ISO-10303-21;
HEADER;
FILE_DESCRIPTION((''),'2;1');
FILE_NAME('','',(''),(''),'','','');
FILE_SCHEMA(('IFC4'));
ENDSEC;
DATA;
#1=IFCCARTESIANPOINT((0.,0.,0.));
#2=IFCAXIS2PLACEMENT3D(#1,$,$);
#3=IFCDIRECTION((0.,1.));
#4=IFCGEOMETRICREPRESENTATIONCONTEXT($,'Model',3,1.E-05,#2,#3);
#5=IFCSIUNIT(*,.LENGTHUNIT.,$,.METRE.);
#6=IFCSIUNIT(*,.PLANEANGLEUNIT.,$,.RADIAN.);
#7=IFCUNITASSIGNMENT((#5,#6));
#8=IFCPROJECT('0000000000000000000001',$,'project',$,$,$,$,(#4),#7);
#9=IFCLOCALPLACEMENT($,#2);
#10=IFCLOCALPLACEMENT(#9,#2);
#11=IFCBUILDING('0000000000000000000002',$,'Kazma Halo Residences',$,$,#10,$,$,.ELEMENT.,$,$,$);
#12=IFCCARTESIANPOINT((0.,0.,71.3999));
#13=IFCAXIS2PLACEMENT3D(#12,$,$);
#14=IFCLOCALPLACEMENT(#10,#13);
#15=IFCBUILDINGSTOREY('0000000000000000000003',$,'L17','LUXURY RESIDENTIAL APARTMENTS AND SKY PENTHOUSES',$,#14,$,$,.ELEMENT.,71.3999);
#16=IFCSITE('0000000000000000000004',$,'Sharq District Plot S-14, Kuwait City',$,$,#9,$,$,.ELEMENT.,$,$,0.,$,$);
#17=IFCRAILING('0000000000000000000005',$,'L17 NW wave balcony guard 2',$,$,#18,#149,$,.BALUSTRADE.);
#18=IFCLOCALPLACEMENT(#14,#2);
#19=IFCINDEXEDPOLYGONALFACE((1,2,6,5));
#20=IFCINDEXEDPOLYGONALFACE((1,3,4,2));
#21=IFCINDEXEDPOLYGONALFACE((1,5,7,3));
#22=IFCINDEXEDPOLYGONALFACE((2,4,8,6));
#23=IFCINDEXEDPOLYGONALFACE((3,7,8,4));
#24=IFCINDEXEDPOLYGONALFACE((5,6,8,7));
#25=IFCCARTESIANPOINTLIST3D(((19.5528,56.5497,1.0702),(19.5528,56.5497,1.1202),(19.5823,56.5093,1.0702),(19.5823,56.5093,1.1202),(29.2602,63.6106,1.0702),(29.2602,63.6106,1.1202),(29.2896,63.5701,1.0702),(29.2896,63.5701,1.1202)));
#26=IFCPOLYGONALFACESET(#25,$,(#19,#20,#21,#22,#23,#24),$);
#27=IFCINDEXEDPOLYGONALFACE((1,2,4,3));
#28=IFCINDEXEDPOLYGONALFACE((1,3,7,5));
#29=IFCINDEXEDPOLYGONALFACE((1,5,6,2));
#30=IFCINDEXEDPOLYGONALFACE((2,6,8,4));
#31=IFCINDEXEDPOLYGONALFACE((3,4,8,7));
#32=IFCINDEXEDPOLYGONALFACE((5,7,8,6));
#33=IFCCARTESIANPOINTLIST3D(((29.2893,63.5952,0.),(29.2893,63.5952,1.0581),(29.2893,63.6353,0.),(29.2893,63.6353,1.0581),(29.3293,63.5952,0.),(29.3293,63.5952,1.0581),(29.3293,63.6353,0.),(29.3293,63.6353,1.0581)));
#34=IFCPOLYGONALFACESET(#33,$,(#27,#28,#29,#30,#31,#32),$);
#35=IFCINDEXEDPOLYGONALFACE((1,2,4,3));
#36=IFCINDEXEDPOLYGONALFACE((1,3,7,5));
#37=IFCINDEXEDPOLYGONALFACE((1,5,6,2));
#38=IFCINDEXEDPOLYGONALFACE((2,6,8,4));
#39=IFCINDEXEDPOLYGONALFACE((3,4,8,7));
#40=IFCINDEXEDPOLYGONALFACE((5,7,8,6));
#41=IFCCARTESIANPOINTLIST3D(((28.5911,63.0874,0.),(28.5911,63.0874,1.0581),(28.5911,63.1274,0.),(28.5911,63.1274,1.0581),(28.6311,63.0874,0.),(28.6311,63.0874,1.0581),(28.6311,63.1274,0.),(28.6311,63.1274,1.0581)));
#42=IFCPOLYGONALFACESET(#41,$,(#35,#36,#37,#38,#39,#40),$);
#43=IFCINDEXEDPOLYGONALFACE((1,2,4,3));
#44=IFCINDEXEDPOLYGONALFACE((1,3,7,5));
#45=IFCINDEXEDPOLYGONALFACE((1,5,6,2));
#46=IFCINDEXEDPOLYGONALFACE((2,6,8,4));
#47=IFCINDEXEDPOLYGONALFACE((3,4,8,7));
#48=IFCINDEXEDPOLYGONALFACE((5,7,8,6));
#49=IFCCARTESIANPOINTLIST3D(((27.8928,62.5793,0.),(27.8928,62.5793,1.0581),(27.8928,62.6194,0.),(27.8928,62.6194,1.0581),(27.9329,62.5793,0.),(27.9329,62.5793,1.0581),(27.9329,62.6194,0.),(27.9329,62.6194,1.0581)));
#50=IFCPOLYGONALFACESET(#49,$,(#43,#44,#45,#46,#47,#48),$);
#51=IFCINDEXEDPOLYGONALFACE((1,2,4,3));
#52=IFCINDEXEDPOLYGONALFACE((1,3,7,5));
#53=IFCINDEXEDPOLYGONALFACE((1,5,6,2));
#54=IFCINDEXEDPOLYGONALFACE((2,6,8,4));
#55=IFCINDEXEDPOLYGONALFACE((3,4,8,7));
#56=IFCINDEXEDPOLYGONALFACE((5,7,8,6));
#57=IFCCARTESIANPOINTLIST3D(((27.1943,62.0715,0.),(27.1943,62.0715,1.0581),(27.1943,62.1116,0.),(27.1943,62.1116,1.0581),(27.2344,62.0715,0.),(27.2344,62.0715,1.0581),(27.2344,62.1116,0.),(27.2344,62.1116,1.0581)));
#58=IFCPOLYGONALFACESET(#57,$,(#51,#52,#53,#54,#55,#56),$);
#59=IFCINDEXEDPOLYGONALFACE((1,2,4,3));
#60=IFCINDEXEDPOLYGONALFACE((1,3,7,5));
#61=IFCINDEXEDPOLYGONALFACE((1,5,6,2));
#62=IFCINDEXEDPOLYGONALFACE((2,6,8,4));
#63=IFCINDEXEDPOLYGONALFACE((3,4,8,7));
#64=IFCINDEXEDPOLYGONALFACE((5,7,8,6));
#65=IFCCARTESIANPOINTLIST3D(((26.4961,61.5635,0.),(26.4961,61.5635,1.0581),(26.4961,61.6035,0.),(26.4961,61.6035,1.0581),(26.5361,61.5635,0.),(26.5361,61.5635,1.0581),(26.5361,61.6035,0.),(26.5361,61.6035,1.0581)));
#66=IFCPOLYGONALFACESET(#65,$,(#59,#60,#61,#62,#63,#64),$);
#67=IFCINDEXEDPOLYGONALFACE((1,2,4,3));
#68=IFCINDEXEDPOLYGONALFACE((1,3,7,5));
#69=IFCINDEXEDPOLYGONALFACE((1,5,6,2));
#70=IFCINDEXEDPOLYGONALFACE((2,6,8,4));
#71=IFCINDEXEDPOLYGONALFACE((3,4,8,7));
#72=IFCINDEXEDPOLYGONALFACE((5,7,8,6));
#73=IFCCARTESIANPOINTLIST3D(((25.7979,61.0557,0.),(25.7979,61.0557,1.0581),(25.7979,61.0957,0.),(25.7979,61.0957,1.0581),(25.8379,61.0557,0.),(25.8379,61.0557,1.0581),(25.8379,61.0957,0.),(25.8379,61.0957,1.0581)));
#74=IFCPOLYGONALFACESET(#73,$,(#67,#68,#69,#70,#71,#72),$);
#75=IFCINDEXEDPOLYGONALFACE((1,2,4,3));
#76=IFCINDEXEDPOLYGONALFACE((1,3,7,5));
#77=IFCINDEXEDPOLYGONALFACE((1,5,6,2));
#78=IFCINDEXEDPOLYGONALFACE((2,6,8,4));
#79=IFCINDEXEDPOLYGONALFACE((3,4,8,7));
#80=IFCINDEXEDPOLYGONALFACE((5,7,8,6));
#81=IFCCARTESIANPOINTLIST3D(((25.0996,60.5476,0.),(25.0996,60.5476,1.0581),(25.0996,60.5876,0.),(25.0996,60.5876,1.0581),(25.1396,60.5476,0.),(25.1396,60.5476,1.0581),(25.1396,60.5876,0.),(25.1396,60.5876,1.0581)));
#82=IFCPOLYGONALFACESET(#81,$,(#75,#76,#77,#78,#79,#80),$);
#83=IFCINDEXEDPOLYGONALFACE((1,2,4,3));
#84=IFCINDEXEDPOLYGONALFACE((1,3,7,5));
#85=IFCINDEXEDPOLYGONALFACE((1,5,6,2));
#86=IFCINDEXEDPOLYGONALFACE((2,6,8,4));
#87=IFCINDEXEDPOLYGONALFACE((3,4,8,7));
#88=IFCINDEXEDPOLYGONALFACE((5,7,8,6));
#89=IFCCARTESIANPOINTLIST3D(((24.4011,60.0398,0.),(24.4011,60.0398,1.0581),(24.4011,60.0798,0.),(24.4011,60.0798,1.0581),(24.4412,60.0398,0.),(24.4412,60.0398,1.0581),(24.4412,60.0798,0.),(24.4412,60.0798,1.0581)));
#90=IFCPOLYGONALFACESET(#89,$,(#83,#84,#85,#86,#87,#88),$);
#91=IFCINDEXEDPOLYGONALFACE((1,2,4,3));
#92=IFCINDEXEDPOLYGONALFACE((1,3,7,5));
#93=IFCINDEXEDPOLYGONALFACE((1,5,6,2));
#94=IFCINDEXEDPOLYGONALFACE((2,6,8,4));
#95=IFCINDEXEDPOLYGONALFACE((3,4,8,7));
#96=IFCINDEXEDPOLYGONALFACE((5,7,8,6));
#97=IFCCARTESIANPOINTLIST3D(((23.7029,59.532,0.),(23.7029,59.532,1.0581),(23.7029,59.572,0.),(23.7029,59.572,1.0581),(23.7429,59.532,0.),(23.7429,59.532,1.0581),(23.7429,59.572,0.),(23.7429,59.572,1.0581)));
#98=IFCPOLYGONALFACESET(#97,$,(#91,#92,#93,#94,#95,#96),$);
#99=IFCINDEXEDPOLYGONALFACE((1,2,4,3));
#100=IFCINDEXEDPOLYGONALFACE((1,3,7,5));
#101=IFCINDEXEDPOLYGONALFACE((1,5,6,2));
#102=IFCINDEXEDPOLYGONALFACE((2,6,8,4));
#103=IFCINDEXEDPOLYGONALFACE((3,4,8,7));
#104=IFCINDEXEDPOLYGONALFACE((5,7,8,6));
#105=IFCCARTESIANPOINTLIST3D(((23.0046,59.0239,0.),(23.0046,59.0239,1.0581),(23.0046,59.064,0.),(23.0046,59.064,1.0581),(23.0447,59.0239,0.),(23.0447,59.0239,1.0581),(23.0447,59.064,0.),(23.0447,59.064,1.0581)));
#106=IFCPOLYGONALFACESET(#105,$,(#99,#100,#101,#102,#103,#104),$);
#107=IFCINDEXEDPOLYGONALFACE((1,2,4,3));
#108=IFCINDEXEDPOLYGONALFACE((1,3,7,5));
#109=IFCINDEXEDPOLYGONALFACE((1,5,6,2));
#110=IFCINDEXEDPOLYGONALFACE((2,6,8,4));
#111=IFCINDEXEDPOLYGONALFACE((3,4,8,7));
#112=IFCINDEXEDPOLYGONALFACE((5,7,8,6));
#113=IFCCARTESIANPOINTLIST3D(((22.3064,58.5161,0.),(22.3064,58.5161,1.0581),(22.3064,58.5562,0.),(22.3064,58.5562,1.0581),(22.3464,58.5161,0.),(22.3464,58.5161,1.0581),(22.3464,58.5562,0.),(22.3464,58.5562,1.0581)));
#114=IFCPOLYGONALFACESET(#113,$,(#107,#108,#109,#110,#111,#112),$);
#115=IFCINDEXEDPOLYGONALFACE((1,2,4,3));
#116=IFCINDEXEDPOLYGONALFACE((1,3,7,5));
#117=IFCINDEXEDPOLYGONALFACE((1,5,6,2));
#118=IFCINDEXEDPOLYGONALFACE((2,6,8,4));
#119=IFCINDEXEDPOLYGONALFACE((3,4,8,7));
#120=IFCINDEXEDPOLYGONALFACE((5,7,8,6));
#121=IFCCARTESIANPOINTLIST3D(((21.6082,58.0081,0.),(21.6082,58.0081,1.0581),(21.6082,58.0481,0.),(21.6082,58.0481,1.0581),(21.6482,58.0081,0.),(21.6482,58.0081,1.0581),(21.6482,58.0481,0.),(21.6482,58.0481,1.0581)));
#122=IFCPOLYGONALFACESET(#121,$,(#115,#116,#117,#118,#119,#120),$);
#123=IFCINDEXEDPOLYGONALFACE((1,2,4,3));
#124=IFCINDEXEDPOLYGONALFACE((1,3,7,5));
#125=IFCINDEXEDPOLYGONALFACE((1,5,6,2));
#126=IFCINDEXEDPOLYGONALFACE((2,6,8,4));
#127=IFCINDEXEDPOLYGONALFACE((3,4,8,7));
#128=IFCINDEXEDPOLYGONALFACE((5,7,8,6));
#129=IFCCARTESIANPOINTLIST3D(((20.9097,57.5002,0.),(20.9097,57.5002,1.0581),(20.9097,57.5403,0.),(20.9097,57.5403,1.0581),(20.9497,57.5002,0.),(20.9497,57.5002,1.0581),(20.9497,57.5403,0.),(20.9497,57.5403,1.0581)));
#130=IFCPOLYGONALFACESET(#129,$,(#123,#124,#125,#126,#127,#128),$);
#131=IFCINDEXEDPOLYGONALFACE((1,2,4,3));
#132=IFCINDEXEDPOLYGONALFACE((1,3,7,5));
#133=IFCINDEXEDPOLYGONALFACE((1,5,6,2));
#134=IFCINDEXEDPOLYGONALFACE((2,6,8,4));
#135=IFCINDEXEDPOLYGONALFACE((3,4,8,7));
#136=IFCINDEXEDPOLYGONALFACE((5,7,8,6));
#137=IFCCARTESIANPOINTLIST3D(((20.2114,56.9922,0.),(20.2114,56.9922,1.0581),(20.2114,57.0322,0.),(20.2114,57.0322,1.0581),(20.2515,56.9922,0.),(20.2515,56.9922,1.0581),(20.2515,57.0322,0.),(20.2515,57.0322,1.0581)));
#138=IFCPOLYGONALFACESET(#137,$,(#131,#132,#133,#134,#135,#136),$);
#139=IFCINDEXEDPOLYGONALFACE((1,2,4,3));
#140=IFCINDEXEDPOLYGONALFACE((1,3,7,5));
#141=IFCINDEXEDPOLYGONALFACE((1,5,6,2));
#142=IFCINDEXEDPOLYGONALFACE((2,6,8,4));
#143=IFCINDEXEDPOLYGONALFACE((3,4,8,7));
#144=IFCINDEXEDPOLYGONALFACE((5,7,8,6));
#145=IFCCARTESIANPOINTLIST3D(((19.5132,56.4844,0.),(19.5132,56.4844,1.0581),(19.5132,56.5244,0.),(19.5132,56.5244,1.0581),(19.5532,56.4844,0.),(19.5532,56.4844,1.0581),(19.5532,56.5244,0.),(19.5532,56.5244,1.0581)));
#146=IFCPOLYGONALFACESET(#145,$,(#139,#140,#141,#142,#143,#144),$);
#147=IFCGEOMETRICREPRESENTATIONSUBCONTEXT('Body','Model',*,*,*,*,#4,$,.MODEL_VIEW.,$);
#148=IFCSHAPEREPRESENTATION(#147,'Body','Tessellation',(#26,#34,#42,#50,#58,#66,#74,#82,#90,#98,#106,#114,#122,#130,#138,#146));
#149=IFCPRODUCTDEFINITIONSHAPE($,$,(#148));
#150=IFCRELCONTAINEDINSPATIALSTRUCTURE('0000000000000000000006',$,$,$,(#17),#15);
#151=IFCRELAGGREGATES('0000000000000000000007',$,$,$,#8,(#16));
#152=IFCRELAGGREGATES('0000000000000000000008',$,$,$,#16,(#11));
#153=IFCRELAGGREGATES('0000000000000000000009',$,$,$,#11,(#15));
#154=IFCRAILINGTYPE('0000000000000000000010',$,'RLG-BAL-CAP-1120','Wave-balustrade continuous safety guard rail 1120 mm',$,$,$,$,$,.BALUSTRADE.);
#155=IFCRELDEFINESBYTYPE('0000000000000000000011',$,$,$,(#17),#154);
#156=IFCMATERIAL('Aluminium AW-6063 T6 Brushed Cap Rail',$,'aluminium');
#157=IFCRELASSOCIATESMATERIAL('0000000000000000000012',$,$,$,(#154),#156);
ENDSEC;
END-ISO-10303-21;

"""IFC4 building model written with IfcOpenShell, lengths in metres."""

from ifc_helpers import new_model, si_unit, direction, frame, origin, origin_2d, place, context, subcontext, project, spatial, rectangle, extrude, material, type_object, element, save


model = new_model("IFC4")

# Units and contexts
model_context = context("Model", 3, precision=1e-05, world=origin(), true_north=direction((0.0, 1.0)))
body_context = subcontext(model_context, "Body", "Model", "MODEL_VIEW")
ifc_project = project(units=[si_unit("LENGTHUNIT", "METRE"), si_unit("PLANEANGLEUNIT", "RADIAN")], contexts=[model_context])

# Site, building, storey
site_placement = place(None, origin())
site = spatial("IfcSite", under=ifc_project, at=site_placement, Name="Sharq District Plot S-14, Kuwait City", CompositionType="ELEMENT", RefElevation=0.0)
building_placement = place(site_placement, origin())
building = spatial("IfcBuilding", under=site, at=building_placement, Name="Kazma Halo Residences", CompositionType="ELEMENT")
storey_placement = place(building_placement, frame((0.0, 0.0, 71.3999)))
storey = spatial("IfcBuildingStorey", under=building, at=storey_placement, Name="L17", Description="LUXURY RESIDENTIAL APARTMENTS AND SKY PENTHOUSES", CompositionType="ELEMENT", Elevation=71.3999)

# Railing
ifc_material_1 = material(Name="Aluminium AW-6063 T6 Brushed Cap Rail", Category="aluminium")
railing_type = type_object("IfcRailingType", Name="RLG-BAL-CAP-1120", Description="Wave-balustrade continuous safety guard rail 1120 mm", PredefinedType="BALUSTRADE", material=ifc_material_1)
railing_1_placement = place(storey_placement, frame((29.3093, 63.6152, 0.0)))
element("IfcRailing", 1, at=railing_1_placement, inside=storey, type_object=railing_type, Name="L17 NW wave balcony guard 2", PredefinedType="BALUSTRADE", context=body_context, shape_type="SweptSolid", body=[
    extrude(rectangle(XDim=0.05, YDim=0.05, at=origin_2d()), frame((-0.0344, -0.0249, 1.0952), z_axis=(-0.808699, -0.588222, 0.0), x_axis=(0.588222, -0.808699, 0.0)), (0.0, 0.0, 1.0), 12.0037),
    extrude(rectangle(XDim=0.04, YDim=0.04, at=origin_2d()), origin(), (0.0, 0.0, 1.0), 1.0581),
    extrude(rectangle(XDim=0.04, YDim=0.04, at=origin_2d()), frame((-0.6982, -0.5078, 0.0)), (0.0, 0.0, 1.0), 1.0581),
    extrude(rectangle(XDim=0.04, YDim=0.04, at=origin_2d()), frame((-1.3965, -1.0159, 0.0)), (0.0, 0.0, 1.0), 1.0581),
    extrude(rectangle(XDim=0.04, YDim=0.04, at=origin_2d()), frame((-2.095, -1.5237, 0.0)), (0.0, 0.0, 1.0), 1.0581),
    extrude(rectangle(XDim=0.04, YDim=0.04, at=origin_2d()), frame((-2.7932, -2.0317, 0.0)), (0.0, 0.0, 1.0), 1.0581),
    extrude(rectangle(XDim=0.04, YDim=0.04, at=origin_2d()), frame((-3.4915, -2.5396, 0.0)), (0.0, 0.0, 1.0), 1.0581),
    extrude(rectangle(XDim=0.04, YDim=0.04, at=origin_2d()), frame((-4.1897, -3.0476, 0.0)), (0.0, 0.0, 1.0), 1.0581),
    extrude(rectangle(XDim=0.04, YDim=0.04, at=origin_2d()), frame((-4.8882, -3.5554, 0.0)), (0.0, 0.0, 1.0), 1.0581),
    extrude(rectangle(XDim=0.04, YDim=0.04, at=origin_2d()), frame((-5.5864, -4.0632, 0.0)), (0.0, 0.0, 1.0), 1.0581),
    extrude(rectangle(XDim=0.04, YDim=0.04, at=origin_2d()), frame((-6.2847, -4.5713, 0.0)), (0.0, 0.0, 1.0), 1.0581),
    extrude(rectangle(XDim=0.04, YDim=0.04, at=origin_2d()), frame((-6.9829, -5.0791, 0.0)), (0.0, 0.0, 1.0), 1.0581),
    extrude(rectangle(XDim=0.04, YDim=0.04, at=origin_2d()), frame((-7.6812, -5.5872, 0.0)), (0.0, 0.0, 1.0), 1.0581),
    extrude(rectangle(XDim=0.04, YDim=0.04, at=origin_2d()), frame((-8.3796, -6.095, 0.0)), (0.0, 0.0, 1.0), 1.0581),
    extrude(rectangle(XDim=0.04, YDim=0.04, at=origin_2d()), frame((-9.0779, -6.603, 0.0)), (0.0, 0.0, 1.0), 1.0581),
    extrude(rectangle(XDim=0.04, YDim=0.04, at=origin_2d()), frame((-9.7761, -7.1108, 0.0)), (0.0, 0.0, 1.0), 1.0581),
])

save(model, "model.ifc")
